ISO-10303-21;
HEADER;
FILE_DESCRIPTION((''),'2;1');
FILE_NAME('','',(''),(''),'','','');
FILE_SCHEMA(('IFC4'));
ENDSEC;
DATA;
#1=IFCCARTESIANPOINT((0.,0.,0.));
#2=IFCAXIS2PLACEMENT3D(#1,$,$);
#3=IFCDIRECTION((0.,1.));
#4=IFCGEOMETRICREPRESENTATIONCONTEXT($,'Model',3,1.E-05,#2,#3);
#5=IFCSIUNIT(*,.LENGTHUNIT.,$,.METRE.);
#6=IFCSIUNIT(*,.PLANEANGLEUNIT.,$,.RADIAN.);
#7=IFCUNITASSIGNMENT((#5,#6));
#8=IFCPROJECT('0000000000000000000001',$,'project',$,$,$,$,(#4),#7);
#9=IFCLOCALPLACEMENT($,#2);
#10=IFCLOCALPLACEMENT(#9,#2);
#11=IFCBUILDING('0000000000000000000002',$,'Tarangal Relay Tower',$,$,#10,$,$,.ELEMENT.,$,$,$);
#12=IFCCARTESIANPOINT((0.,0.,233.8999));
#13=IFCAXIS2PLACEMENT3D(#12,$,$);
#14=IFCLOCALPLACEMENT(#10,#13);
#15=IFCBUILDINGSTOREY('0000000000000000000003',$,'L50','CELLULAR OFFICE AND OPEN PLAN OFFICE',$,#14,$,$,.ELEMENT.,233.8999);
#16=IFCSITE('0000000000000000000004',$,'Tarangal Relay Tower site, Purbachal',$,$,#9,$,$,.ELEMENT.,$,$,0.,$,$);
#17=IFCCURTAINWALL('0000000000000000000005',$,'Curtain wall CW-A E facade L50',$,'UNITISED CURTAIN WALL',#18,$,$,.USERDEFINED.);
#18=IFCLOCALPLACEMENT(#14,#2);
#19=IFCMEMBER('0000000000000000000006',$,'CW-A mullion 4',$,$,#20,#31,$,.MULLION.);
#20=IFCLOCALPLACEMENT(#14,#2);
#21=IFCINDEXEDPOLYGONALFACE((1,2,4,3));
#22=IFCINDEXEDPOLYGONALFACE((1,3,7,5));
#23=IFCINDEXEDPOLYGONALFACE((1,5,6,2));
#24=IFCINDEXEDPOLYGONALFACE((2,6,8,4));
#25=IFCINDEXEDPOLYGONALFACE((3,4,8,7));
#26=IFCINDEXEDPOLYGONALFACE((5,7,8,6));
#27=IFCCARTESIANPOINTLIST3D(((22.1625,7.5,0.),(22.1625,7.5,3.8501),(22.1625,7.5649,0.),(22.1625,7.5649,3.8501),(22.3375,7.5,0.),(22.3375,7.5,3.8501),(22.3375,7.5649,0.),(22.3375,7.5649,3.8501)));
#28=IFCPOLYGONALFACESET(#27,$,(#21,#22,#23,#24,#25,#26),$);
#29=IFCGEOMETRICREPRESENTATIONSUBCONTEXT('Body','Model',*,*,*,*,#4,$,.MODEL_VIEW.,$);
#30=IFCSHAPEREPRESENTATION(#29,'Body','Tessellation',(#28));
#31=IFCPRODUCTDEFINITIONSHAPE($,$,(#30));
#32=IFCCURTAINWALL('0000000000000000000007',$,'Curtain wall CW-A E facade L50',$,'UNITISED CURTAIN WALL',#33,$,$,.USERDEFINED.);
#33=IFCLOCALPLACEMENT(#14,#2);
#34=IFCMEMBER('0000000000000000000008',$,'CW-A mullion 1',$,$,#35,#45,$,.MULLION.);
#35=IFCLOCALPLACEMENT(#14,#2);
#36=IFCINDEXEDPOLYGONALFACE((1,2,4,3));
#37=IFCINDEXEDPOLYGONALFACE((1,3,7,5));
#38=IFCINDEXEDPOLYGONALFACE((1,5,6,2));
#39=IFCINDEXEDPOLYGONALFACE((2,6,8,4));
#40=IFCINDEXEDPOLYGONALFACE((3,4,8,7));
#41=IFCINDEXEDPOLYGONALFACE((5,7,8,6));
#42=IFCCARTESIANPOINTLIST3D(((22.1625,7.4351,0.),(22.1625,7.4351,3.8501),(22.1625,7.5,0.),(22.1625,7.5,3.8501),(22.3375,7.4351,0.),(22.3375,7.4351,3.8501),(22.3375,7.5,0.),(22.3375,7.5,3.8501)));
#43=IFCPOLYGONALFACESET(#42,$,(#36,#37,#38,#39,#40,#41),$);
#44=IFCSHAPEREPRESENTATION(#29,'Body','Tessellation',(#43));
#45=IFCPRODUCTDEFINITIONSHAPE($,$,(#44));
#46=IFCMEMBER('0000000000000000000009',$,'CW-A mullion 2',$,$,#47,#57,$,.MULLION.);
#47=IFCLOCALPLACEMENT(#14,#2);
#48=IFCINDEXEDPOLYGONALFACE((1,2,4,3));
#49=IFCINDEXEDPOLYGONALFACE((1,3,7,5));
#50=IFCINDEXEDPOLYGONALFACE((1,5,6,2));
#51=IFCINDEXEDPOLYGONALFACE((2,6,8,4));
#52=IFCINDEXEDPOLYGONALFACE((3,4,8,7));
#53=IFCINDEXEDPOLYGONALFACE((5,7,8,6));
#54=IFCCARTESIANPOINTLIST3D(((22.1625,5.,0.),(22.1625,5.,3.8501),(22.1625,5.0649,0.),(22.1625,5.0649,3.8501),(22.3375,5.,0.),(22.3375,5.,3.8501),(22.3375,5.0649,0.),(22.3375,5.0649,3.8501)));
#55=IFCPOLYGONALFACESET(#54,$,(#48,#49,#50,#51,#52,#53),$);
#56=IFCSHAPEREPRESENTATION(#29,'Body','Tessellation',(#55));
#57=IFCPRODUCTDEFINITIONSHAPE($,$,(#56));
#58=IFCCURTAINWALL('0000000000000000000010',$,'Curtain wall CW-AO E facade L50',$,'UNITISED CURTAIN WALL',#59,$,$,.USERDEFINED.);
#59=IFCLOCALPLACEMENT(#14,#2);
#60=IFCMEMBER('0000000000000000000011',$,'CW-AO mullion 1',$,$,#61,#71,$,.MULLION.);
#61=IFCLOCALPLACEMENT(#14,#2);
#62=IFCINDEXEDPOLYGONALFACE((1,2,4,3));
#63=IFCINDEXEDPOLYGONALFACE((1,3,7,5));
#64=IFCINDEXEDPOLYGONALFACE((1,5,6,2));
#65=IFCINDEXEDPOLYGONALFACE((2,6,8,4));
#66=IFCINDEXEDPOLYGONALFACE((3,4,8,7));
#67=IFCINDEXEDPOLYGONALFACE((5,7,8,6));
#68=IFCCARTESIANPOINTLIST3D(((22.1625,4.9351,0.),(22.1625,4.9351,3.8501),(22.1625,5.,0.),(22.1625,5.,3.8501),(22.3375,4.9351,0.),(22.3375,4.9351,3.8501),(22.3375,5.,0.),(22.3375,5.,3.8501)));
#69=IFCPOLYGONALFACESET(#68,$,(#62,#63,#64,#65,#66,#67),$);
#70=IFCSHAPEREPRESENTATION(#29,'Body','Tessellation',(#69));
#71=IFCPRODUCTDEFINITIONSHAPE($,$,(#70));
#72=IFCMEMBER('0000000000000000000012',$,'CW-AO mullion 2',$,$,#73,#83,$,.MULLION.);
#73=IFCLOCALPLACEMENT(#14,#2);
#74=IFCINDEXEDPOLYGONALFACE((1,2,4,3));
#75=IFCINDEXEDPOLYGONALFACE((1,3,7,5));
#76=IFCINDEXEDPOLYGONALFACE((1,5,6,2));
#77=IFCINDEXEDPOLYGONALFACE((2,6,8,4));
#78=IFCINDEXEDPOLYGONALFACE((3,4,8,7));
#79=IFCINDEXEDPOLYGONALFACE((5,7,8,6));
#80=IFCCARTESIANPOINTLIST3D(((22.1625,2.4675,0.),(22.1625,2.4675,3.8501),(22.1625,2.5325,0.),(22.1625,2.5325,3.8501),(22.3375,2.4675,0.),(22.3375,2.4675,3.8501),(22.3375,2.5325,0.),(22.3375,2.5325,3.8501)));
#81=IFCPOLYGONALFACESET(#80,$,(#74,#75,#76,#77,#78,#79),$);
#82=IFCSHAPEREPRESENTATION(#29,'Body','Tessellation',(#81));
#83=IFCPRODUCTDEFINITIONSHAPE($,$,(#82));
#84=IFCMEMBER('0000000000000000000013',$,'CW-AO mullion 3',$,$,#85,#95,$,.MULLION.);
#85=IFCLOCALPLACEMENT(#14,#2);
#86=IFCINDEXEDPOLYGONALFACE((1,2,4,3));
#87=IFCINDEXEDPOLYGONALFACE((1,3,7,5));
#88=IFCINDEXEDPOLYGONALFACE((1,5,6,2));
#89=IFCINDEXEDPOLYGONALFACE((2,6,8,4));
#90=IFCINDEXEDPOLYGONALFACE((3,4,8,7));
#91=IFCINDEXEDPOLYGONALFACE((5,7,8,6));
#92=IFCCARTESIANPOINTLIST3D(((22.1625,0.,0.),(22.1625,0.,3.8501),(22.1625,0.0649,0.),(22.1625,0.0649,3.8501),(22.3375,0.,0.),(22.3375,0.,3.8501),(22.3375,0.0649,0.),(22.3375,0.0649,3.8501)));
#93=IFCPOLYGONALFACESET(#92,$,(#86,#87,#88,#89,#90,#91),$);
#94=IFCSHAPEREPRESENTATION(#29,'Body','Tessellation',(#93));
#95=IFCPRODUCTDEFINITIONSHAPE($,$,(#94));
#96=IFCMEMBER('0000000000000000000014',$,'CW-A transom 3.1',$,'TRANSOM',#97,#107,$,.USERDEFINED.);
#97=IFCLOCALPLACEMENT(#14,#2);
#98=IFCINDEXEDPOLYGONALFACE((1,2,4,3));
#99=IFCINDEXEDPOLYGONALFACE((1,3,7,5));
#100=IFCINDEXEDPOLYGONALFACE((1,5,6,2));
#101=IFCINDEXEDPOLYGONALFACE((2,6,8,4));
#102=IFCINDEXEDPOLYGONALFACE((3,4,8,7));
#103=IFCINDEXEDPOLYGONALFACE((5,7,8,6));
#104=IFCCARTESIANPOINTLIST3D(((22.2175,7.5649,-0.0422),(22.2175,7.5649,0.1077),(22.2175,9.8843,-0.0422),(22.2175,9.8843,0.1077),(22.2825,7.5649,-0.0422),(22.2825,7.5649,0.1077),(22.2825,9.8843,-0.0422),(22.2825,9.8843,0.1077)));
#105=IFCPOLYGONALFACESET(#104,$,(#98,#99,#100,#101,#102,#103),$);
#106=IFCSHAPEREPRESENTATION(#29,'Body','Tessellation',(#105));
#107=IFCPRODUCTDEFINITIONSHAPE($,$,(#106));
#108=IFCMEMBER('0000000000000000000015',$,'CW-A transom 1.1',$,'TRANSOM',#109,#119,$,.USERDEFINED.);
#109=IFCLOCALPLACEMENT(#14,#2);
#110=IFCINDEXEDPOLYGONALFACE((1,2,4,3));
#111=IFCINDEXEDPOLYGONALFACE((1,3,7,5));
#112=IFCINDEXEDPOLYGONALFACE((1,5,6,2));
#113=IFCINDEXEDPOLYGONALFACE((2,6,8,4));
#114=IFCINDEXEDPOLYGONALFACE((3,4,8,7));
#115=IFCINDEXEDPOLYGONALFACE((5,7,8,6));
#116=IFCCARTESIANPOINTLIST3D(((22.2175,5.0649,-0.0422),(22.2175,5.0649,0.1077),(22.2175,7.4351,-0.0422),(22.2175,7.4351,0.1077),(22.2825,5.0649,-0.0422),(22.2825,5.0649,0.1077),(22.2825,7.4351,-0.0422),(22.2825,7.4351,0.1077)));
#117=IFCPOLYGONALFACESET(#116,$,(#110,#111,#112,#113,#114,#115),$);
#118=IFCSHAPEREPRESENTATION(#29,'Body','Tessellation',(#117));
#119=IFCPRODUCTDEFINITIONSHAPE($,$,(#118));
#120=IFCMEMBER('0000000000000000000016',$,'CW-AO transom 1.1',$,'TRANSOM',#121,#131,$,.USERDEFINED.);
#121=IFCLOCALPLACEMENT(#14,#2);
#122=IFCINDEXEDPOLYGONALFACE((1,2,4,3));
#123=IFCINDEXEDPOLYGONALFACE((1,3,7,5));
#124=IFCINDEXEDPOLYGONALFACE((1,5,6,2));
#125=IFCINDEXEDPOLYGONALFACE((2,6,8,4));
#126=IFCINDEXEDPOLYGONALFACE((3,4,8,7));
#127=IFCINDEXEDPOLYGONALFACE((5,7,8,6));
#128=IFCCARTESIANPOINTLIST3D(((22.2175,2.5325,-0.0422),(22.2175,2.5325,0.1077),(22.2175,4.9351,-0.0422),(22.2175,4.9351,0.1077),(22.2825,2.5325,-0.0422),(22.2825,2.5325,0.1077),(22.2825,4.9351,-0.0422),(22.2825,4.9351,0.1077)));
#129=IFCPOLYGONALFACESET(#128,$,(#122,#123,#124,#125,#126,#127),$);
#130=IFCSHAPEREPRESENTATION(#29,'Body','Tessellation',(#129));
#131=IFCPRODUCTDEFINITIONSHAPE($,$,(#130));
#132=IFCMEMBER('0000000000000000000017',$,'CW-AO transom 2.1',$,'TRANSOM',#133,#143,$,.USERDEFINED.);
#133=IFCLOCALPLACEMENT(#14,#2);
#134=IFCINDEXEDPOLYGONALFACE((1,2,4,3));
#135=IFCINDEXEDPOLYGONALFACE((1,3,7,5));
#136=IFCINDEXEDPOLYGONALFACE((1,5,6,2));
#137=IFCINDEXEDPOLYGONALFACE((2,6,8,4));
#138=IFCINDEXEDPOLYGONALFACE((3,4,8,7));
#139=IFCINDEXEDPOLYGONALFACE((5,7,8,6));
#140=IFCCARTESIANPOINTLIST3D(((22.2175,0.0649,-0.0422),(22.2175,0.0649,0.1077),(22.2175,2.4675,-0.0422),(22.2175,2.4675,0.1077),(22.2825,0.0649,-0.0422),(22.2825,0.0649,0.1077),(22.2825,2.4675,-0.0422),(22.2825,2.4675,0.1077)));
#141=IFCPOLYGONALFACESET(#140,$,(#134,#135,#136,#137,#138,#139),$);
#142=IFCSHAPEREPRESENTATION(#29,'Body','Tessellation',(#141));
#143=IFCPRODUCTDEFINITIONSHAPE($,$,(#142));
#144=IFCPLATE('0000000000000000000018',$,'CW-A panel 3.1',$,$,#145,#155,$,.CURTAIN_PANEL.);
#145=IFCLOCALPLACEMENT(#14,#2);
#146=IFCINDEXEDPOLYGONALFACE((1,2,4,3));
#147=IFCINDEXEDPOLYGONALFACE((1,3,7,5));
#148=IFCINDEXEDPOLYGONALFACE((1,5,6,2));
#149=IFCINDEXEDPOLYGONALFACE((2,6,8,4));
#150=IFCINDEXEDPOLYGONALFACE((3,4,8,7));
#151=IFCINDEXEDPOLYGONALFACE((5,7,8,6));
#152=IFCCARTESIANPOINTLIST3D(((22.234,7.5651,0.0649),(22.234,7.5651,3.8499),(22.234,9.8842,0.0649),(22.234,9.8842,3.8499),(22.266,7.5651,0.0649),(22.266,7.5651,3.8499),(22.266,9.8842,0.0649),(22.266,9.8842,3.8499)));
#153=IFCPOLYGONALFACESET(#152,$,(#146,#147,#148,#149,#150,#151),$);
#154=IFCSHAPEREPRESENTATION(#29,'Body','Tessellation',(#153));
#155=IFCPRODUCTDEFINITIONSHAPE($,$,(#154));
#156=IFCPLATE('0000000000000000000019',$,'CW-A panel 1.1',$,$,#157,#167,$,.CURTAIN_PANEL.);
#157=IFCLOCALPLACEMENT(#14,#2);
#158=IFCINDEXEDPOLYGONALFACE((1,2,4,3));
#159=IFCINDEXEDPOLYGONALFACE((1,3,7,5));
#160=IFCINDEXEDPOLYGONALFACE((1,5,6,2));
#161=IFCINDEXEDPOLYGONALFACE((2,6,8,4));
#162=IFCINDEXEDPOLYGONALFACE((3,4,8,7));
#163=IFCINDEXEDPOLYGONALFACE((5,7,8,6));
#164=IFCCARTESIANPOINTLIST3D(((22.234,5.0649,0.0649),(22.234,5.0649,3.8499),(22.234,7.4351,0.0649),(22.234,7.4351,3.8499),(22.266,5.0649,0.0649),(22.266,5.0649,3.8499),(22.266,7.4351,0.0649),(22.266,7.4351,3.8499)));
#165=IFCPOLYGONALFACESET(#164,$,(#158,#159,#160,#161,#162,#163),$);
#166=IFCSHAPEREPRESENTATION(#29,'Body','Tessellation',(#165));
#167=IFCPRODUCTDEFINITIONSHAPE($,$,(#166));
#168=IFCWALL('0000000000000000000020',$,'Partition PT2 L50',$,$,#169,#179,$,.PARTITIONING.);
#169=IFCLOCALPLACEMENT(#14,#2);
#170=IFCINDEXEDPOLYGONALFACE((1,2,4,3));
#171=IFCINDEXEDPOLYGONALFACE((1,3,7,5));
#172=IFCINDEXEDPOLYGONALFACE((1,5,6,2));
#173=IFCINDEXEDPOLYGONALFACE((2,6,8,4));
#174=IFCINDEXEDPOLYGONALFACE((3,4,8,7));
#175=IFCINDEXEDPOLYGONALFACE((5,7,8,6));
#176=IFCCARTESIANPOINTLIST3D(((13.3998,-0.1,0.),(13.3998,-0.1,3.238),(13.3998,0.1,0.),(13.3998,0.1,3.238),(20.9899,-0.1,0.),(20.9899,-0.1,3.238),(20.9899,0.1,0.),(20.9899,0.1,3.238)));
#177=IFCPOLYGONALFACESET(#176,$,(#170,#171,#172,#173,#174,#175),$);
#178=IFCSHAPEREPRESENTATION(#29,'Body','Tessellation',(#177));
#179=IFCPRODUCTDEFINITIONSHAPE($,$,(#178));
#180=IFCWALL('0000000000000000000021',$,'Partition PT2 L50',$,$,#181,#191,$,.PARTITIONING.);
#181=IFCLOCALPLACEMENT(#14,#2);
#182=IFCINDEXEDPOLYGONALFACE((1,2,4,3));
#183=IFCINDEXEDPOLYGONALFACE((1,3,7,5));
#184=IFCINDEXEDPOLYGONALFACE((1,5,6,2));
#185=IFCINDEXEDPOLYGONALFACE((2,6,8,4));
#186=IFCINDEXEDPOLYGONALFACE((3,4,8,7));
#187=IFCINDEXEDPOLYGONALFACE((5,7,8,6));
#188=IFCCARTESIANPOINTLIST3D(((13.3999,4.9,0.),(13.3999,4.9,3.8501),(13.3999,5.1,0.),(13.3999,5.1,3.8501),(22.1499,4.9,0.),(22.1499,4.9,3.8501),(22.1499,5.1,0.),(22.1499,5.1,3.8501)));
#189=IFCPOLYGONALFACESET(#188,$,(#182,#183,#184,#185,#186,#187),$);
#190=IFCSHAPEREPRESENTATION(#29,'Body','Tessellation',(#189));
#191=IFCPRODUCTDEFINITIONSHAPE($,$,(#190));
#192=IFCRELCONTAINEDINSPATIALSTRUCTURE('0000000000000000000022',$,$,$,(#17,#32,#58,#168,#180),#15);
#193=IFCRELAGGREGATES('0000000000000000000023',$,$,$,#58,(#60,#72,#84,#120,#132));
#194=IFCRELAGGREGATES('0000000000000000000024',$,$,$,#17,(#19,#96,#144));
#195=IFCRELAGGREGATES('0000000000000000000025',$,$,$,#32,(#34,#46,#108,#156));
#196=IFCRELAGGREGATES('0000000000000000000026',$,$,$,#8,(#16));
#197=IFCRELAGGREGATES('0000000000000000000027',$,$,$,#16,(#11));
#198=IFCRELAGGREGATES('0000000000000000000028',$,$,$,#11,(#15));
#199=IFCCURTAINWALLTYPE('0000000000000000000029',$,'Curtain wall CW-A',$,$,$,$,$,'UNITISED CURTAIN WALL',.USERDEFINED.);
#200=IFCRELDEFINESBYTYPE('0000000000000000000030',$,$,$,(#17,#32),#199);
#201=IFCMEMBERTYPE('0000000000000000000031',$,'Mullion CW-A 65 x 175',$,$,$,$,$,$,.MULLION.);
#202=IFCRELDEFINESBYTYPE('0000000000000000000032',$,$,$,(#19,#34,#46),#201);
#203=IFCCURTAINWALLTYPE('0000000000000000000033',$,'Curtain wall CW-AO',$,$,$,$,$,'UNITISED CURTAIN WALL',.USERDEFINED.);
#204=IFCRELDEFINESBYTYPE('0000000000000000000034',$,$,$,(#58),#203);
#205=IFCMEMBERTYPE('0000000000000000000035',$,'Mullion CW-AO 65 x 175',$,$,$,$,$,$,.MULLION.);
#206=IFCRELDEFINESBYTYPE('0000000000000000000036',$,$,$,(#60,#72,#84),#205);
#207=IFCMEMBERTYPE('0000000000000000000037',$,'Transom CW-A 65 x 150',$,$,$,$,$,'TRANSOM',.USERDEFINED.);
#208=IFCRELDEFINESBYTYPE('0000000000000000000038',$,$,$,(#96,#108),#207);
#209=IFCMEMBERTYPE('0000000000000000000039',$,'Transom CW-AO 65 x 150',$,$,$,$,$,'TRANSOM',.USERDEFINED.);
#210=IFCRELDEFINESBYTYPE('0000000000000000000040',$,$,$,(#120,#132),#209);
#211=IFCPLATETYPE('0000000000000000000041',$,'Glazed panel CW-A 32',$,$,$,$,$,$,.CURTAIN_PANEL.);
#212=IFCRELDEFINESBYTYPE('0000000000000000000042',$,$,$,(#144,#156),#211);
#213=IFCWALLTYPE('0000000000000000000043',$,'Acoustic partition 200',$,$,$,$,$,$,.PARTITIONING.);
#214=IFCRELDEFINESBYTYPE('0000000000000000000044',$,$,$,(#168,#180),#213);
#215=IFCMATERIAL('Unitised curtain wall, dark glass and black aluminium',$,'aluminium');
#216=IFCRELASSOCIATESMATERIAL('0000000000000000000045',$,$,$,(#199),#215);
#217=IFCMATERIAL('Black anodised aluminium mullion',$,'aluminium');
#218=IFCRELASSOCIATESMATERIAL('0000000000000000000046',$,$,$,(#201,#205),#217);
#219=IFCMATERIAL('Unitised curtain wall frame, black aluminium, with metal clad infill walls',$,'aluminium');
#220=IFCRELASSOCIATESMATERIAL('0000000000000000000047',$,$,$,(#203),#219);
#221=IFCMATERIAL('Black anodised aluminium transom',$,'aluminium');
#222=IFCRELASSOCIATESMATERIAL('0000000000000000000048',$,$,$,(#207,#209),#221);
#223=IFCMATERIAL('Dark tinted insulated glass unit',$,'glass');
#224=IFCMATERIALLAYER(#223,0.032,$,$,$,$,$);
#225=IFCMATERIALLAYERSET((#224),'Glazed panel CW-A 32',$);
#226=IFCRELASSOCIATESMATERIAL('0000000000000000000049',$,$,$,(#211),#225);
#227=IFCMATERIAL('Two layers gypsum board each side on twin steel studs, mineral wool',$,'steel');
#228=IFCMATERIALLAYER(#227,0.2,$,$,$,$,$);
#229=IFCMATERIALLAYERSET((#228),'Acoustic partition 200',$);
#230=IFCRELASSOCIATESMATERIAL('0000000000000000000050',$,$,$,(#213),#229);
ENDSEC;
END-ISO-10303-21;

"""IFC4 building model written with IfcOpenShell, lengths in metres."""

from ifc_helpers import new_model, si_unit, direction, frame, frame_2d, origin, origin_2d, place, context, subcontext, project, spatial, rectangle, extrude, material, layer, layer_set, material_profile, profile_set, type_object, element, aggregate, save


model = new_model("IFC4")

# Units and contexts
model_context = context("Model", 3, precision=1e-05, world=origin(), true_north=direction((0.0, 1.0)))
body_context = subcontext(model_context, "Body", "Model", "MODEL_VIEW")
ifc_project = project(units=[si_unit("LENGTHUNIT", "METRE"), si_unit("PLANEANGLEUNIT", "RADIAN")], contexts=[model_context])

# Site, building, storey
site_placement = place(None, origin())
site = spatial("IfcSite", under=ifc_project, at=site_placement, Name="Tarangal Relay Tower site, Purbachal", CompositionType="ELEMENT", RefElevation=0.0)
building_placement = place(site_placement, origin())
building = spatial("IfcBuilding", under=site, at=building_placement, Name="Tarangal Relay Tower", CompositionType="ELEMENT")
storey_placement = place(building_placement, frame((0.0, 0.0, 233.8999)))
storey = spatial("IfcBuildingStorey", under=building, at=storey_placement, Name="L50", Description="CELLULAR OFFICE AND OPEN PLAN OFFICE", CompositionType="ELEMENT", Elevation=233.8999)

# Curtain walls, members
ifc_material_1 = material(Name="Unitised curtain wall, dark glass and black aluminium", Category="aluminium")
curtain_wall_type_1 = type_object("IfcCurtainWallType", Name="Curtain wall CW-A", ElementType="UNITISED CURTAIN WALL", PredefinedType="USERDEFINED", material=ifc_material_1)
curtain_wall_1_placement = place(storey_placement, origin())
curtain_wall_1 = element("IfcCurtainWall", 1, at=curtain_wall_1_placement, inside=storey, type_object=curtain_wall_type_1, Name="Curtain wall CW-A E facade L50", ObjectType="UNITISED CURTAIN WALL", PredefinedType="USERDEFINED")
ifc_material_2 = material(Name="Black anodised aluminium mullion", Category="aluminium")
ifc_material_profile_1 = material_profile(ifc_material_2, rectangle(XDim=0.175, YDim=0.0649, at=origin_2d()), Name="CW-AM 65X175")
ifc_profile_set_1 = profile_set([ifc_material_profile_1], Name="Black anodised aluminium mullion")
member_type_1 = type_object("IfcMemberType", Name="Mullion CW-A 65 x 175", PredefinedType="MULLION", material=ifc_profile_set_1)
member_1_placement = place(storey_placement, frame((22.25, 7.5325, 0.0), z_axis=(0.0, 0.0, 1.0), x_axis=(1.0, 0.0, 0.0)))
member_1 = element("IfcMember", 2, at=member_1_placement, type_object=member_type_1, Name="CW-A mullion 4", PredefinedType="MULLION", context=body_context, shape_type="SweptSolid", body=[
    extrude(rectangle(XDim=0.175, YDim=0.0649, at=origin_2d()), origin(), (0.0, 0.0, 1.0), 3.8501),
])
curtain_wall_2_placement = place(storey_placement, origin())
curtain_wall_2 = element("IfcCurtainWall", 3, at=curtain_wall_2_placement, inside=storey, type_object=curtain_wall_type_1, Name="Curtain wall CW-A E facade L50", ObjectType="UNITISED CURTAIN WALL", PredefinedType="USERDEFINED")
member_2_placement = place(storey_placement, frame((22.25, 7.4675, 0.0), z_axis=(0.0, 0.0, 1.0), x_axis=(1.0, 0.0, 0.0)))
member_2 = element("IfcMember", 4, at=member_2_placement, type_object=member_type_1, Name="CW-A mullion 1", PredefinedType="MULLION", context=body_context, shape_type="SweptSolid", body=[
    extrude(rectangle(XDim=0.175, YDim=0.0649, at=origin_2d()), origin(), (0.0, 0.0, 1.0), 3.8501),
])
member_3_placement = place(storey_placement, frame((22.25, 5.0325, 0.0), z_axis=(0.0, 0.0, 1.0), x_axis=(1.0, 0.0, 0.0)))
member_3 = element("IfcMember", 5, at=member_3_placement, type_object=member_type_1, Name="CW-A mullion 2", PredefinedType="MULLION", context=body_context, shape_type="SweptSolid", body=[
    extrude(rectangle(XDim=0.175, YDim=0.0649, at=origin_2d()), origin(), (0.0, 0.0, 1.0), 3.8501),
])
ifc_material_3 = material(Name="Unitised curtain wall frame, black aluminium, with metal clad infill walls", Category="aluminium")
curtain_wall_type_2 = type_object("IfcCurtainWallType", Name="Curtain wall CW-AO", ElementType="UNITISED CURTAIN WALL", PredefinedType="USERDEFINED", material=ifc_material_3)
curtain_wall_3_placement = place(storey_placement, origin())
curtain_wall_3 = element("IfcCurtainWall", 6, at=curtain_wall_3_placement, inside=storey, type_object=curtain_wall_type_2, Name="Curtain wall CW-AO E facade L50", ObjectType="UNITISED CURTAIN WALL", PredefinedType="USERDEFINED")
ifc_material_profile_2 = material_profile(ifc_material_2, rectangle(XDim=0.175, YDim=0.0649, at=origin_2d()), Name="CW-AOM 65X175")
ifc_profile_set_2 = profile_set([ifc_material_profile_2], Name="Black anodised aluminium mullion")
member_type_2 = type_object("IfcMemberType", Name="Mullion CW-AO 65 x 175", PredefinedType="MULLION", material=ifc_profile_set_2)
member_4_placement = place(storey_placement, frame((22.25, 4.9675, 0.0), z_axis=(0.0, 0.0, 1.0), x_axis=(1.0, 0.0, 0.0)))
member_4 = element("IfcMember", 7, at=member_4_placement, type_object=member_type_2, Name="CW-AO mullion 1", PredefinedType="MULLION", context=body_context, shape_type="SweptSolid", body=[
    extrude(rectangle(XDim=0.175, YDim=0.0649, at=origin_2d()), origin(), (0.0, 0.0, 1.0), 3.8501),
])
member_5_placement = place(storey_placement, frame((22.25, 2.5, 0.0), z_axis=(0.0, 0.0, 1.0), x_axis=(1.0, 0.0, 0.0)))
member_5 = element("IfcMember", 8, at=member_5_placement, type_object=member_type_2, Name="CW-AO mullion 2", PredefinedType="MULLION", context=body_context, shape_type="SweptSolid", body=[
    extrude(rectangle(XDim=0.175, YDim=0.0649, at=origin_2d()), origin(), (0.0, 0.0, 1.0), 3.8501),
])
member_6_placement = place(storey_placement, frame((22.25, 0.0325, 0.0), z_axis=(0.0, 0.0, 1.0), x_axis=(1.0, 0.0, 0.0)))
member_6 = element("IfcMember", 9, at=member_6_placement, type_object=member_type_2, Name="CW-AO mullion 3", PredefinedType="MULLION", context=body_context, shape_type="SweptSolid", body=[
    extrude(rectangle(XDim=0.175, YDim=0.0649, at=origin_2d()), origin(), (0.0, 0.0, 1.0), 3.8501),
])

# Members
ifc_material_4 = material(Name="Black anodised aluminium transom", Category="aluminium")
ifc_material_profile_3 = material_profile(ifc_material_4, rectangle(XDim=0.0649, YDim=0.1499, at=origin_2d()), Name="CW-AT 65X150")
ifc_profile_set_3 = profile_set([ifc_material_profile_3], Name="Black anodised aluminium transom")
member_type_3 = type_object("IfcMemberType", Name="Transom CW-A 65 x 150", ElementType="TRANSOM", PredefinedType="USERDEFINED", material=ifc_profile_set_3)
member_7_placement = place(storey_placement, frame((22.25, 9.8843, 0.0327), z_axis=(0.0, -1.0, 0.0), x_axis=(1.0, 0.0, 0.0)))
member_7 = element("IfcMember", 10, at=member_7_placement, type_object=member_type_3, Name="CW-A transom 3.1", ObjectType="TRANSOM", PredefinedType="USERDEFINED", context=body_context, shape_type="SweptSolid", body=[
    extrude(rectangle(XDim=0.0649, YDim=0.1499, at=origin_2d()), origin(), (0.0, 0.0, 1.0), 2.3193),
])
member_8_placement = place(storey_placement, frame((22.25, 7.4351, 0.0327), z_axis=(0.0, -1.0, 0.0), x_axis=(1.0, 0.0, 0.0)))
member_8 = element("IfcMember", 11, at=member_8_placement, type_object=member_type_3, Name="CW-A transom 1.1", ObjectType="TRANSOM", PredefinedType="USERDEFINED", context=body_context, shape_type="SweptSolid", body=[
    extrude(rectangle(XDim=0.0649, YDim=0.1499, at=origin_2d()), origin(), (0.0, 0.0, 1.0), 2.3701),
])
ifc_material_profile_4 = material_profile(ifc_material_4, rectangle(XDim=0.0649, YDim=0.1499, at=origin_2d()), Name="CW-AOT 65X150")
ifc_profile_set_4 = profile_set([ifc_material_profile_4], Name="Black anodised aluminium transom")
member_type_4 = type_object("IfcMemberType", Name="Transom CW-AO 65 x 150", ElementType="TRANSOM", PredefinedType="USERDEFINED", material=ifc_profile_set_4)
member_9_placement = place(storey_placement, frame((22.25, 4.9351, 0.0327), z_axis=(0.0, -1.0, 0.0), x_axis=(1.0, 0.0, 0.0)))
member_9 = element("IfcMember", 12, at=member_9_placement, type_object=member_type_4, Name="CW-AO transom 1.1", ObjectType="TRANSOM", PredefinedType="USERDEFINED", context=body_context, shape_type="SweptSolid", body=[
    extrude(rectangle(XDim=0.0649, YDim=0.1499, at=origin_2d()), origin(), (0.0, 0.0, 1.0), 2.4026),
])
member_10_placement = place(storey_placement, frame((22.25, 2.4675, 0.0327), z_axis=(0.0, -1.0, 0.0), x_axis=(1.0, 0.0, 0.0)))
member_10 = element("IfcMember", 13, at=member_10_placement, type_object=member_type_4, Name="CW-AO transom 2.1", ObjectType="TRANSOM", PredefinedType="USERDEFINED", context=body_context, shape_type="SweptSolid", body=[
    extrude(rectangle(XDim=0.0649, YDim=0.1499, at=origin_2d()), origin(), (0.0, 0.0, 1.0), 2.4026),
])
aggregate(curtain_wall_3, [member_4, member_5, member_6, member_9, member_10])

# Plates
ifc_material_5 = material(Name="Dark tinted insulated glass unit", Category="glass")
ifc_layer_1 = layer(ifc_material_5, 0.032)
ifc_layer_set_1 = layer_set([ifc_layer_1], Name="Glazed panel CW-A 32")
plate_type = type_object("IfcPlateType", Name="Glazed panel CW-A 32", PredefinedType="CURTAIN_PANEL", material=ifc_layer_set_1)
plate_1_placement = place(storey_placement, frame((22.25, 8.7246, 0.0649), z_axis=(0.0, 0.0, 1.0), x_axis=(0.0, -1.0, 0.0)))
plate_1 = element("IfcPlate", 14, at=plate_1_placement, type_object=plate_type, Name="CW-A panel 3.1", PredefinedType="CURTAIN_PANEL", context=body_context, shape_type="SweptSolid", body=[
    extrude(rectangle(XDim=2.3191, YDim=0.032, at=origin_2d()), origin(), (0.0, 0.0, 1.0), 3.7849),
])
aggregate(curtain_wall_1, [member_1, member_7, plate_1])
plate_2_placement = place(storey_placement, frame((22.25, 6.25, 0.0649), z_axis=(0.0, 0.0, 1.0), x_axis=(0.0, -1.0, 0.0)))
plate_2 = element("IfcPlate", 15, at=plate_2_placement, type_object=plate_type, Name="CW-A panel 1.1", PredefinedType="CURTAIN_PANEL", context=body_context, shape_type="SweptSolid", body=[
    extrude(rectangle(XDim=2.3701, YDim=0.032, at=origin_2d()), origin(), (0.0, 0.0, 1.0), 3.7849),
])
aggregate(curtain_wall_2, [member_2, member_3, member_8, plate_2])

# Walls
ifc_material_6 = material(Name="Two layers gypsum board each side on twin steel studs, mineral wool", Category="steel")
ifc_layer_2 = layer(ifc_material_6, 0.2)
ifc_layer_set_2 = layer_set([ifc_layer_2], Name="Acoustic partition 200")
wall_type_1 = type_object("IfcWallType", Name="Acoustic partition 200", PredefinedType="PARTITIONING", material=ifc_layer_set_2)
wall_1_placement = place(storey_placement, frame((13.3999, 0.0, 0.0), z_axis=(0.0, 0.0, 1.0), x_axis=(1.0, 0.0, 0.0)))
element("IfcWall", 16, at=wall_1_placement, inside=storey, type_object=wall_type_1, Name="Partition PT2 L50", PredefinedType="PARTITIONING", context=body_context, shape_type="SweptSolid", body=[
    extrude(rectangle(XDim=7.5901, YDim=0.2, at=frame_2d((3.7949, 0.0))), origin(), (0.0, 0.0, 1.0), 3.238),
])
wall_2_placement = place(storey_placement, frame((13.3999, 5.0, 0.0), z_axis=(0.0, 0.0, 1.0), x_axis=(1.0, 0.0, 0.0)))
element("IfcWall", 17, at=wall_2_placement, inside=storey, type_object=wall_type_1, Name="Partition PT2 L50", PredefinedType="PARTITIONING", context=body_context, shape_type="SweptSolid", body=[
    extrude(rectangle(XDim=8.75, YDim=0.2, at=frame_2d((4.375, 0.0))), origin(), (0.0, 0.0, 1.0), 3.8501),
])

save(model, "model.ifc")
